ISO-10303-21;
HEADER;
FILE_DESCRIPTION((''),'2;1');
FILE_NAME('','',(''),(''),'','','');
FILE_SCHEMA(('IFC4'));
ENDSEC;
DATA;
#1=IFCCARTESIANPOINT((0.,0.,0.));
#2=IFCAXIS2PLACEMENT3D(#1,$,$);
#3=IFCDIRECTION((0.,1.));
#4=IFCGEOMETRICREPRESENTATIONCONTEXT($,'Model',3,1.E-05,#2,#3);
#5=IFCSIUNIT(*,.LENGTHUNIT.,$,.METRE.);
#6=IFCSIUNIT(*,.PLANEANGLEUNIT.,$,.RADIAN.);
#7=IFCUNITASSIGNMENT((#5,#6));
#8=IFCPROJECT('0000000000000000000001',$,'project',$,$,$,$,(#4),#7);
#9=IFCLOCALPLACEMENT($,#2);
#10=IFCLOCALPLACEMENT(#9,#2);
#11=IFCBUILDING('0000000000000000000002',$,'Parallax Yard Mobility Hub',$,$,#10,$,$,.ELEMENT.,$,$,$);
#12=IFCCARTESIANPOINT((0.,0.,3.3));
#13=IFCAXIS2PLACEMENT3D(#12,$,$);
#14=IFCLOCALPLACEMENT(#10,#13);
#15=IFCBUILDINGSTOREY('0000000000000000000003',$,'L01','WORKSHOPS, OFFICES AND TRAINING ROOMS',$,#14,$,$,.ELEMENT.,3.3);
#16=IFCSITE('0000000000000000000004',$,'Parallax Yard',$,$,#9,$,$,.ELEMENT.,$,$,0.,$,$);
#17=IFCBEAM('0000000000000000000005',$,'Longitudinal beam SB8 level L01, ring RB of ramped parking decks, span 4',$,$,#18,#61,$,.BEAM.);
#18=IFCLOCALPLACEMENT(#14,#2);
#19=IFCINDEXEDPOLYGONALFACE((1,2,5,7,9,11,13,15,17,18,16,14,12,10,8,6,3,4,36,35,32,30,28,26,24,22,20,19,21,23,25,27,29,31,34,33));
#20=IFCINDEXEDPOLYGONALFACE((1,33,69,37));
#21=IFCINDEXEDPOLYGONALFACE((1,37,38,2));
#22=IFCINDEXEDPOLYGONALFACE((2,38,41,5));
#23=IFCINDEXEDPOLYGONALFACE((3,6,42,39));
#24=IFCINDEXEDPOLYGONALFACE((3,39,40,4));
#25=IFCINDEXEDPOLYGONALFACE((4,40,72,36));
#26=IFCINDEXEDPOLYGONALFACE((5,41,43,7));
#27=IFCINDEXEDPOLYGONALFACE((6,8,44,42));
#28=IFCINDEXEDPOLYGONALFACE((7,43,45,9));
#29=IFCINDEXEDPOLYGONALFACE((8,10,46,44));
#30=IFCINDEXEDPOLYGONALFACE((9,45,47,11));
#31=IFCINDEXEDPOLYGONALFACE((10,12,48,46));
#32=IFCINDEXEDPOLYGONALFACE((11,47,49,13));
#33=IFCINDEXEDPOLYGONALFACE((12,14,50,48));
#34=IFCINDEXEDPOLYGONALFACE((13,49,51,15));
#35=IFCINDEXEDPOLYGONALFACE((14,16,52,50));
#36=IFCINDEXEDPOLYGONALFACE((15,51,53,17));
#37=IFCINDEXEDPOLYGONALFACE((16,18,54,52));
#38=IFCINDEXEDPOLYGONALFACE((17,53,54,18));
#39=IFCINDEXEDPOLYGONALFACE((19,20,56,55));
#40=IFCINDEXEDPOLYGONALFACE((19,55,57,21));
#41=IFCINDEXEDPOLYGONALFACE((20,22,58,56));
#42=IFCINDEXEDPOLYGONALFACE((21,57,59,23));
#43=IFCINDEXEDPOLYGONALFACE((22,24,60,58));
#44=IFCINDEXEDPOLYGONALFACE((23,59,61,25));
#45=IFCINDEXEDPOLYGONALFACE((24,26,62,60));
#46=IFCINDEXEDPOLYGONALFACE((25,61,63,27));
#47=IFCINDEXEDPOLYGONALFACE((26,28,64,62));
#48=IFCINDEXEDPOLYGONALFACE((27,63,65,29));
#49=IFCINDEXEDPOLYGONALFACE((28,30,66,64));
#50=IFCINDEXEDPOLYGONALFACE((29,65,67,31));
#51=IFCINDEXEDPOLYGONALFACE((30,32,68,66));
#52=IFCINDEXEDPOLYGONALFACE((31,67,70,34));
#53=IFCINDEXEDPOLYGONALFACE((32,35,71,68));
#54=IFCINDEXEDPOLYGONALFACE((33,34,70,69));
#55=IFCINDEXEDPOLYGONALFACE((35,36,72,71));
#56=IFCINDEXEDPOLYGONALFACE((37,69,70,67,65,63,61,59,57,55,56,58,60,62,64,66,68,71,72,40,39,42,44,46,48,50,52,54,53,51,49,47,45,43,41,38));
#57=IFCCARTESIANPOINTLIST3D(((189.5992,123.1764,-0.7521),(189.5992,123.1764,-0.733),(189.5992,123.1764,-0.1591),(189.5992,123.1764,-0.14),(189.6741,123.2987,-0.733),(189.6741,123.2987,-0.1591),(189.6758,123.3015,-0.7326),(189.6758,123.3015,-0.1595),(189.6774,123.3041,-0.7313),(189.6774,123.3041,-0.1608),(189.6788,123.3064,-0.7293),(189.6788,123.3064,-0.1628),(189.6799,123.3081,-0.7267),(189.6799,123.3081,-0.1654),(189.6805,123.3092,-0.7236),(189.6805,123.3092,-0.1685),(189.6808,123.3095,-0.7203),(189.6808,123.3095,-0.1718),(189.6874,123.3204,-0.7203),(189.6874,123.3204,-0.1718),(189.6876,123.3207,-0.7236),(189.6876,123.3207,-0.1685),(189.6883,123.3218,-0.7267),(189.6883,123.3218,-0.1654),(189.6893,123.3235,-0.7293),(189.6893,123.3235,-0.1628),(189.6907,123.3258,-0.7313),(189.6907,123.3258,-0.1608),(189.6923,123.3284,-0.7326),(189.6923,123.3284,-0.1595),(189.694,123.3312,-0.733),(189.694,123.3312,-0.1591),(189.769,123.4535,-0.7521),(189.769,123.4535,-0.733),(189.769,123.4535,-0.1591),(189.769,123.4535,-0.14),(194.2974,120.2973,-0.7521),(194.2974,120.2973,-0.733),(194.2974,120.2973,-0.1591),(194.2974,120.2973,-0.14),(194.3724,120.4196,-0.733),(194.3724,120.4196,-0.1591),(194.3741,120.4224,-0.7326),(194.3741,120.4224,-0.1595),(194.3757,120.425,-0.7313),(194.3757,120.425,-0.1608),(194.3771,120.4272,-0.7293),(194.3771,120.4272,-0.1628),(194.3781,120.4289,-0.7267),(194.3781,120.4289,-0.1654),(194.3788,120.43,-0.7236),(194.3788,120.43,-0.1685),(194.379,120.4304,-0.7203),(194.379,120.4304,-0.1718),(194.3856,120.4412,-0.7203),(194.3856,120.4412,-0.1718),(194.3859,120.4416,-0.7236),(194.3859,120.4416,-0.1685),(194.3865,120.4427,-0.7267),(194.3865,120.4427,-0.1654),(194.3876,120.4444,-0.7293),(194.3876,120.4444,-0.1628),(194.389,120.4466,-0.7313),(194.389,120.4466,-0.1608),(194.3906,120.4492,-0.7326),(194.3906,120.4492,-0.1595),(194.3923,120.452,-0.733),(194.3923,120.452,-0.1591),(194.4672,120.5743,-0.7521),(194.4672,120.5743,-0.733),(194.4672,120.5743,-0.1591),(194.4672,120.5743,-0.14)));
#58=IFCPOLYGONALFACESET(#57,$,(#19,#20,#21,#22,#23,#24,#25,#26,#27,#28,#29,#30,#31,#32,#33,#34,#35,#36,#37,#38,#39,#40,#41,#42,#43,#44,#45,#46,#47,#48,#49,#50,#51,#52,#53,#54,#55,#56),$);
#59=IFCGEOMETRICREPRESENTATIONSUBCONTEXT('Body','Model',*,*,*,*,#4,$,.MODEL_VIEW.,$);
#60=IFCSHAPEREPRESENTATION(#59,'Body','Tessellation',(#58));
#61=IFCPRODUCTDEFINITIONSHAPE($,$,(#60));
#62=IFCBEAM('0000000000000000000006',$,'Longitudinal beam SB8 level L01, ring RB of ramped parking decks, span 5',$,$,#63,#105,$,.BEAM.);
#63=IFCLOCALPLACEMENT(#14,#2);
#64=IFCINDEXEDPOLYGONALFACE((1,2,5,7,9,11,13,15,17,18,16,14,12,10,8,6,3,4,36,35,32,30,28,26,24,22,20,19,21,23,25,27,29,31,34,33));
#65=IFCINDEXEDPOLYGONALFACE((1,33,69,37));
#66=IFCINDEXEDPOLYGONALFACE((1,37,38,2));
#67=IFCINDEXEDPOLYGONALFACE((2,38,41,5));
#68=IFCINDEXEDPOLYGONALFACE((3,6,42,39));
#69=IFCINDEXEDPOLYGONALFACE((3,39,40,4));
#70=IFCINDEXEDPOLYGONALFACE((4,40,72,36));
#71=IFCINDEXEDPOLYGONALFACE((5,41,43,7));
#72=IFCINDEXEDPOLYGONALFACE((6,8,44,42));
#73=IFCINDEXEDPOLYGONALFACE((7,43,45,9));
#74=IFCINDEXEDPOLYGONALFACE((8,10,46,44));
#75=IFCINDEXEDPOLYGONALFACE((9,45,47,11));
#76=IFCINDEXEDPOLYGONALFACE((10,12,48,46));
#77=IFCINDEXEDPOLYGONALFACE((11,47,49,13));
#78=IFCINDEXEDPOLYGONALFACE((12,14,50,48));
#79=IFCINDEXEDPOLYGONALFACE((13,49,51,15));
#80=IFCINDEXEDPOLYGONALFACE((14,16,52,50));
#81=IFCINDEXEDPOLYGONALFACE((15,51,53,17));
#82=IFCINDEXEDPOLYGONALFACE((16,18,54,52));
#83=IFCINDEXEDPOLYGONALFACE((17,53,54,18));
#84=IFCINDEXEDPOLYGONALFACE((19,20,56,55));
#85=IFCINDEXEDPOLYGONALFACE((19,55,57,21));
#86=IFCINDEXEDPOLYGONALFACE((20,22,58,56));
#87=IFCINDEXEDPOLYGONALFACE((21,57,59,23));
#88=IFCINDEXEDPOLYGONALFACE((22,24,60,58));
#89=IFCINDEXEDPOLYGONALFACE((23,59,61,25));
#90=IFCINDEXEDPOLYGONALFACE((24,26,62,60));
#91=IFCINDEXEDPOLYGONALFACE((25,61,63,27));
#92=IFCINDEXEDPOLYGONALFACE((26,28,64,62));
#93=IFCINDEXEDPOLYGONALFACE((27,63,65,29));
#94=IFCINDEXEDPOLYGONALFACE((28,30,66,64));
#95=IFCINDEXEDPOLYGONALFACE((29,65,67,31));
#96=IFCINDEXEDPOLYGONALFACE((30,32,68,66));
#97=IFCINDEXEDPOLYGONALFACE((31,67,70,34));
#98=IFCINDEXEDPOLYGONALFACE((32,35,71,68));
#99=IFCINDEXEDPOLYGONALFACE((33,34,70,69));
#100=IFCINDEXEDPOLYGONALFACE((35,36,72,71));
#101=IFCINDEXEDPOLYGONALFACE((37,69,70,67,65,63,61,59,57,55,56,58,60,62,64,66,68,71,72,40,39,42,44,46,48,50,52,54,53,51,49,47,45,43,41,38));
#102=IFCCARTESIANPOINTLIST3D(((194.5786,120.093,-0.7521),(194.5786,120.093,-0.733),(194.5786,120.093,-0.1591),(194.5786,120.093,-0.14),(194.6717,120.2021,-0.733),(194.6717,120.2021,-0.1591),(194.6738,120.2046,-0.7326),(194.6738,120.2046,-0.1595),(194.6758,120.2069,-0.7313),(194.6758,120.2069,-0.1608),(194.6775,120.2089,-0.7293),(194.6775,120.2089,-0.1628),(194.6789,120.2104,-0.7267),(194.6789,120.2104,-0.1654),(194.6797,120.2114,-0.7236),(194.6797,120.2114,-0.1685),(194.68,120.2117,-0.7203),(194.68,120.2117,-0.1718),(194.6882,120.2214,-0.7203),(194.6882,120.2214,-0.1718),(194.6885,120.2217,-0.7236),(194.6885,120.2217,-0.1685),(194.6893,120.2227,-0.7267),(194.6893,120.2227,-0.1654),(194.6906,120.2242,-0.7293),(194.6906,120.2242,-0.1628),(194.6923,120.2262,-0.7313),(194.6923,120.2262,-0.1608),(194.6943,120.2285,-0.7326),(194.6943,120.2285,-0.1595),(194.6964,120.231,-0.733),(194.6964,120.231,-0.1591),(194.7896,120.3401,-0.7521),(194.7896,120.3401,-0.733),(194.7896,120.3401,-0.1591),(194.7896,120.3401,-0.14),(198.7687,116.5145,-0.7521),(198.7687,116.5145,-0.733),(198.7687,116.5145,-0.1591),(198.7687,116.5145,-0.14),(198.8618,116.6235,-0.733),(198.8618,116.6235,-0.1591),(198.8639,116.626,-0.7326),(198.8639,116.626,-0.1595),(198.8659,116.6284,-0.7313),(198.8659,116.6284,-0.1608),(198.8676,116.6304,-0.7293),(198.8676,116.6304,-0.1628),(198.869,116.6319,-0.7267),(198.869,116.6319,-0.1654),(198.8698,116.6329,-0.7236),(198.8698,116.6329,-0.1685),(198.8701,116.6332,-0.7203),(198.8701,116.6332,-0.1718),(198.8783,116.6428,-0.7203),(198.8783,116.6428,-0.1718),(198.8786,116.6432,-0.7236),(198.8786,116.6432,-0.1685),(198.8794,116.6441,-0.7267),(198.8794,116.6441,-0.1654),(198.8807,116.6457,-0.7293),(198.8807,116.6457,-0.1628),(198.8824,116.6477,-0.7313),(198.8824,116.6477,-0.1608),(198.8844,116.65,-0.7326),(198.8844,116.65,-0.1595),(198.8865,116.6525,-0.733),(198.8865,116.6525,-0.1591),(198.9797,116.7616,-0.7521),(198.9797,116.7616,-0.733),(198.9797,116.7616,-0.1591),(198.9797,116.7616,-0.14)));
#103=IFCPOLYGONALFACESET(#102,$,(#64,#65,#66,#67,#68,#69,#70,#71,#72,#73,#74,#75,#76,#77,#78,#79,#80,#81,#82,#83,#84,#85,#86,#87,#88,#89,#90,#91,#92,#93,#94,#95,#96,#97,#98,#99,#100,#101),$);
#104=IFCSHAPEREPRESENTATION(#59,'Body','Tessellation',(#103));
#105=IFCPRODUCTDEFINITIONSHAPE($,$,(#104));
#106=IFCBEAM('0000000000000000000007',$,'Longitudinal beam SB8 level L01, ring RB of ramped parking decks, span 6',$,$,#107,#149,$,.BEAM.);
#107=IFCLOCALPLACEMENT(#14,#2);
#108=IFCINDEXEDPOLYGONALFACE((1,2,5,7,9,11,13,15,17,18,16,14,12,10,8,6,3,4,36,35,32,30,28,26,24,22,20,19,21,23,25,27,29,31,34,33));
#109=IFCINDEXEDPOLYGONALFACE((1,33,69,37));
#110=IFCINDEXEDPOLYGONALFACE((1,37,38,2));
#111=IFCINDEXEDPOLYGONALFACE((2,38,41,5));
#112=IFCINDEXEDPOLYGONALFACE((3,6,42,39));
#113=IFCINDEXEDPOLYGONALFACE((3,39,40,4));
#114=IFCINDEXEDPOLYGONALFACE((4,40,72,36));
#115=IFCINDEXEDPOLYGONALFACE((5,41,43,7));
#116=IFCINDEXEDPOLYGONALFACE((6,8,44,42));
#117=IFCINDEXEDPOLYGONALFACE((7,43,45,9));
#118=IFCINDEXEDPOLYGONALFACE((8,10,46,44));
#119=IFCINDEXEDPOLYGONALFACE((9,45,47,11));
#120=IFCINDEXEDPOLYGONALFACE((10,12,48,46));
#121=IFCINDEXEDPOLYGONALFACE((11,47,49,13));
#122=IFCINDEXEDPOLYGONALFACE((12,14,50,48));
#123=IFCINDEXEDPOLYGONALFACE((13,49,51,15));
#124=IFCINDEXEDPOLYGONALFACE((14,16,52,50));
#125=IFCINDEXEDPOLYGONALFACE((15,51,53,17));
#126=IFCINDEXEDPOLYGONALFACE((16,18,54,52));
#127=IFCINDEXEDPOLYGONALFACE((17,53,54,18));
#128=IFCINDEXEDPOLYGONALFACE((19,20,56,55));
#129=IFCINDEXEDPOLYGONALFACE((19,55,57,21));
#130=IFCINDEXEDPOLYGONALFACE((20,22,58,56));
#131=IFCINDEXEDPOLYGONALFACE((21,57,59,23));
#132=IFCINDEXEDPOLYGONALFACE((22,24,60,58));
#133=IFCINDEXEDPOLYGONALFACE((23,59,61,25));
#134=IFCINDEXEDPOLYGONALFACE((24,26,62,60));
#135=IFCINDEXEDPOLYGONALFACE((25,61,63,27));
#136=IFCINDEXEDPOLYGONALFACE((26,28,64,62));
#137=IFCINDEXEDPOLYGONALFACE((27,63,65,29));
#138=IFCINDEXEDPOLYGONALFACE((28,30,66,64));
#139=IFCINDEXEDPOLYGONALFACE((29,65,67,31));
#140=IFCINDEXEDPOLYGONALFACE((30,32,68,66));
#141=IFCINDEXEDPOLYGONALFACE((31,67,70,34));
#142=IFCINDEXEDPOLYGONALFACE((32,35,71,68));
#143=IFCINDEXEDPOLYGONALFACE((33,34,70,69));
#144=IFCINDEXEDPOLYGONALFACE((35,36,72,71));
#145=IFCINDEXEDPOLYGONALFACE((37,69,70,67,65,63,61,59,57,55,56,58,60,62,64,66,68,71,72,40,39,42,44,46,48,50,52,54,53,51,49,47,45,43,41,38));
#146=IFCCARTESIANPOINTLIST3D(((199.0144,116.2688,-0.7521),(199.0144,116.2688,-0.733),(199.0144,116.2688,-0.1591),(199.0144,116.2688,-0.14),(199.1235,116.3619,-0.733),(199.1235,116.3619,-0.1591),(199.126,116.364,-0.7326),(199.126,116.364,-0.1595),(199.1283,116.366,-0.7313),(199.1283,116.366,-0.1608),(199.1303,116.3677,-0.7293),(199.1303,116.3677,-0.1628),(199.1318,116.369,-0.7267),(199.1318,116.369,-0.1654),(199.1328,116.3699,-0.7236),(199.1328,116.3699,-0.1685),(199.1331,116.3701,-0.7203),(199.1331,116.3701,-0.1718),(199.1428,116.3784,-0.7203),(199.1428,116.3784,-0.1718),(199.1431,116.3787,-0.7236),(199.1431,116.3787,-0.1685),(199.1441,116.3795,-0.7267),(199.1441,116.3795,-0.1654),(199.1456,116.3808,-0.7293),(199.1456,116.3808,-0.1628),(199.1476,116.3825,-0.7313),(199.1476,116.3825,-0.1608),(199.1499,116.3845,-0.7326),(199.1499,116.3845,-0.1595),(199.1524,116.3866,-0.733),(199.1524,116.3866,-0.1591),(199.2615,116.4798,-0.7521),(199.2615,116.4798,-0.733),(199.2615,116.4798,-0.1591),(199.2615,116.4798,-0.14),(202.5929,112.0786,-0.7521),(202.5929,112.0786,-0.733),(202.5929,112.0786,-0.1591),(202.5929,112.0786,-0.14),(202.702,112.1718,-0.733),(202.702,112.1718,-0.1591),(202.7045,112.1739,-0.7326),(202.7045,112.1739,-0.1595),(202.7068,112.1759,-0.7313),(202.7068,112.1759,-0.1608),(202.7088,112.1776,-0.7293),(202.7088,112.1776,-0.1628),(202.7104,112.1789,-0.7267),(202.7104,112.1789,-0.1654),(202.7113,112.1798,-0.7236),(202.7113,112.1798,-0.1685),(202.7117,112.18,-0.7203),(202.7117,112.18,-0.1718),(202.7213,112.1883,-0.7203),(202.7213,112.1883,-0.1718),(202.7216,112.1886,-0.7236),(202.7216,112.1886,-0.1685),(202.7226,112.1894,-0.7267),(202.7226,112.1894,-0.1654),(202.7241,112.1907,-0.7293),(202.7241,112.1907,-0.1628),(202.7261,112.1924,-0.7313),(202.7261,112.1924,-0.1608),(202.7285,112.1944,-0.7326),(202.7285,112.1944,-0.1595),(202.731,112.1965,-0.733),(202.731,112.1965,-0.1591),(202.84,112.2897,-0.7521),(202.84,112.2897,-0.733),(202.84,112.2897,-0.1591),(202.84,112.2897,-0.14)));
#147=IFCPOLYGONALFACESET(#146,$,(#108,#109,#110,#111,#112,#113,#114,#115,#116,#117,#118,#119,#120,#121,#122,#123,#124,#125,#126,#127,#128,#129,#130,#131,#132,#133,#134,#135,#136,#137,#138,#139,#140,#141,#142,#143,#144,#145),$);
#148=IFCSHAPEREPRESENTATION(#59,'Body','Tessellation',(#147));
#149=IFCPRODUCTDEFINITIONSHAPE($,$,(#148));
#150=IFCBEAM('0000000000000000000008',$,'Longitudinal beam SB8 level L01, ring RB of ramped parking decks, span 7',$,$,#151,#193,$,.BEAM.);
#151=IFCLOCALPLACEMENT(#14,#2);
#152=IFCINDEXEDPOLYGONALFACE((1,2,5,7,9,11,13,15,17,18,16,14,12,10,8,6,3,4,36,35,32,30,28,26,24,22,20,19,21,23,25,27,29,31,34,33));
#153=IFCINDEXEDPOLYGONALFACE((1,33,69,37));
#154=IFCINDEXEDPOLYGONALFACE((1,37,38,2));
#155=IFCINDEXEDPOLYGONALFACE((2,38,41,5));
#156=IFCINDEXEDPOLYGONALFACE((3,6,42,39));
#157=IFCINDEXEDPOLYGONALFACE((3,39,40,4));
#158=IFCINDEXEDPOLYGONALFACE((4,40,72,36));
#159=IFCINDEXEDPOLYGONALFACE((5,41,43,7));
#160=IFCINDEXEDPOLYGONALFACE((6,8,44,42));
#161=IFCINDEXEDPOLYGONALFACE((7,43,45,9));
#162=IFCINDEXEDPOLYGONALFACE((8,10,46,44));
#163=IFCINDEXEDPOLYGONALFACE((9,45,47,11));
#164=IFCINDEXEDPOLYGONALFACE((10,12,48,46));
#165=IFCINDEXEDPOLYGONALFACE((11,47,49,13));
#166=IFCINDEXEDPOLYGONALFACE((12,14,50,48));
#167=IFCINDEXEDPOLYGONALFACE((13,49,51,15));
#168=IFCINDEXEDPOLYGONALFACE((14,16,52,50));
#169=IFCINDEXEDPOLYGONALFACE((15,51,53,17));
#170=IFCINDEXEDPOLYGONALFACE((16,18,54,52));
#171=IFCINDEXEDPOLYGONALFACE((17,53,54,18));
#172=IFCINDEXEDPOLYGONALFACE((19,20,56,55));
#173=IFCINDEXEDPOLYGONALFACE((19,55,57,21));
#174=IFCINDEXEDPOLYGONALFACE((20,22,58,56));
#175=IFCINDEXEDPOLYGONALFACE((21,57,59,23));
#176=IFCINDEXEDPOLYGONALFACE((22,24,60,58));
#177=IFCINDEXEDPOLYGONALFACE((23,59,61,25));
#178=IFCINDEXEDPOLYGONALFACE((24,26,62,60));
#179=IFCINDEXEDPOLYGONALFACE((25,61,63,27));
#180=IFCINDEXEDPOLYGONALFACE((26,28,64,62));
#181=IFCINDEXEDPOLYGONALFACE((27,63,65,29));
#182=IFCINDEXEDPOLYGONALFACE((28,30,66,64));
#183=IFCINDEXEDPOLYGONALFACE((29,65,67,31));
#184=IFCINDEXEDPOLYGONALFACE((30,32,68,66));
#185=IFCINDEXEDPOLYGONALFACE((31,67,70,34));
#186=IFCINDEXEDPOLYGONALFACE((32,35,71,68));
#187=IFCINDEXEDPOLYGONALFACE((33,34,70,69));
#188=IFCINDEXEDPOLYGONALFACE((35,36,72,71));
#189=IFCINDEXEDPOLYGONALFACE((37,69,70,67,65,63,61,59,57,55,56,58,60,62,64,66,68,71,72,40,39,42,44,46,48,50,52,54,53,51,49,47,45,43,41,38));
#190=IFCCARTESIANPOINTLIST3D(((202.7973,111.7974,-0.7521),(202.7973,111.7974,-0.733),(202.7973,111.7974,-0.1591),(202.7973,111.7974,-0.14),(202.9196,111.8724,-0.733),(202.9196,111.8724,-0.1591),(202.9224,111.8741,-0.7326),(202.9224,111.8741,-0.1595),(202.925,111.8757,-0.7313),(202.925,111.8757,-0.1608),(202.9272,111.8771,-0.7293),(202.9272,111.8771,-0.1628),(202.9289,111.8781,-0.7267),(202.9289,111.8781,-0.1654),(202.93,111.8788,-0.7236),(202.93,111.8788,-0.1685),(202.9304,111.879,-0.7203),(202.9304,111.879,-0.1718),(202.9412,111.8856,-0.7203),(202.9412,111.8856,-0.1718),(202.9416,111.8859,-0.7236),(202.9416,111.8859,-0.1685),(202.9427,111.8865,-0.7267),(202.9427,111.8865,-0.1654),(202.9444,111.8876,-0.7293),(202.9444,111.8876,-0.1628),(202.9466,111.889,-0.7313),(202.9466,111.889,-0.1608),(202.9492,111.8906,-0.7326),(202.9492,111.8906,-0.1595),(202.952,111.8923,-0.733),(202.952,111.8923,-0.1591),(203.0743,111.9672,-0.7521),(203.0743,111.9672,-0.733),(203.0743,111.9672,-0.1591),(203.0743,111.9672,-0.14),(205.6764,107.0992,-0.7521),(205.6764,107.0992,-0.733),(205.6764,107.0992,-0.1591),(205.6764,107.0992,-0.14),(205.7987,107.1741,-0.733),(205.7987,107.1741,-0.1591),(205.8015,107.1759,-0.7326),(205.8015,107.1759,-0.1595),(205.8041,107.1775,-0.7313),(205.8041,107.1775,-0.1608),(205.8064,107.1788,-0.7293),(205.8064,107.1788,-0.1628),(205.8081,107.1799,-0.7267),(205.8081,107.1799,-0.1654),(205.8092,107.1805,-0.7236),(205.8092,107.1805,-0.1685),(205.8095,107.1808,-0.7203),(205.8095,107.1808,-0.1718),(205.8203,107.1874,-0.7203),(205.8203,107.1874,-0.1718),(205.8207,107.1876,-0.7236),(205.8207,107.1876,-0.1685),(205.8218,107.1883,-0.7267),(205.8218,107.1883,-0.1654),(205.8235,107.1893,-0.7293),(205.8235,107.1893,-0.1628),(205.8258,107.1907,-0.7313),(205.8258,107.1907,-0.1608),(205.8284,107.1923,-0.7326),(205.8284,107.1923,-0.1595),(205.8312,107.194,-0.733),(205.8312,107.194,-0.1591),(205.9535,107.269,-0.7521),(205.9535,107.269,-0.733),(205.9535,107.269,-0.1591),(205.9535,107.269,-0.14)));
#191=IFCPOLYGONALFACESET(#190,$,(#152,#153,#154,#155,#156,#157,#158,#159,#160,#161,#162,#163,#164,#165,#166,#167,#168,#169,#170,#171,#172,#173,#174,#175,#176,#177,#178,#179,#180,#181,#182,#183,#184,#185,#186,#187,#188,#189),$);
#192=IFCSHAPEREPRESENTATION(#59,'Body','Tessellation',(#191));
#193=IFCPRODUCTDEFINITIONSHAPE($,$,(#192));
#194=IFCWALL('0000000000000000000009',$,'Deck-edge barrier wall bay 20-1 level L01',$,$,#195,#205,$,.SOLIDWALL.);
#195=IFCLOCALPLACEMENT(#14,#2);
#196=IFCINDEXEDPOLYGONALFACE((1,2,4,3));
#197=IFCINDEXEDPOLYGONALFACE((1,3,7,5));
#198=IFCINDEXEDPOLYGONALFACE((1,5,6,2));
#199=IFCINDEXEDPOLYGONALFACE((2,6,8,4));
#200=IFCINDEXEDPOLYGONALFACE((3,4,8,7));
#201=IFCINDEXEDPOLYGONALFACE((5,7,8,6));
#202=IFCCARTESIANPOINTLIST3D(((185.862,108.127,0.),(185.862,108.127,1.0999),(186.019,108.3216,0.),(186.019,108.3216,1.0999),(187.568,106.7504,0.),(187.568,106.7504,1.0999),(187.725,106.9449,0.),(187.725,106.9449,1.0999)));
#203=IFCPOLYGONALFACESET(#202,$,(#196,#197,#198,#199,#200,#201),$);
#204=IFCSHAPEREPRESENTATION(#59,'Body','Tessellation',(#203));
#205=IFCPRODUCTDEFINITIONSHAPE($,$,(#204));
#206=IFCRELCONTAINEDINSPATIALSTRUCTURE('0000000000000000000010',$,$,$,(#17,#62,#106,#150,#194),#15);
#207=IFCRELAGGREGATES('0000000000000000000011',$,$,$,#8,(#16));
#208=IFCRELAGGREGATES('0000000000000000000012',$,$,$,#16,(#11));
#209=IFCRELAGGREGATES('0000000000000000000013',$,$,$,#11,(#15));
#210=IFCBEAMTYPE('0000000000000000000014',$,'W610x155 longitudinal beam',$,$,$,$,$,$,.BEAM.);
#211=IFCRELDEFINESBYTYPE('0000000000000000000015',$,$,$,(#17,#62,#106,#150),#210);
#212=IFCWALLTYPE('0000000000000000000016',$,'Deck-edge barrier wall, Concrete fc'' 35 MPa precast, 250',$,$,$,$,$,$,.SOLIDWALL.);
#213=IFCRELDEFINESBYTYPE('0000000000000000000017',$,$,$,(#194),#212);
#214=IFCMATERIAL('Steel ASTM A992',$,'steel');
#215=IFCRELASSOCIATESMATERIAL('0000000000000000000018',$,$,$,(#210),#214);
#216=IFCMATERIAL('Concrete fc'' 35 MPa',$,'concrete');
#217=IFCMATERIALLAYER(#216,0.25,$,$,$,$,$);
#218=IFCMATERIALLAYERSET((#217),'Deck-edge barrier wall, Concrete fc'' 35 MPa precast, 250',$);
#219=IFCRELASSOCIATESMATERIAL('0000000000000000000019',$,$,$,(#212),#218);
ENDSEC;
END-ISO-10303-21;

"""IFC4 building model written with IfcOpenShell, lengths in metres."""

from ifc_helpers import new_model, si_unit, direction, frame, frame_2d, origin, origin_2d, place, context, subcontext, project, spatial, rectangle, i_section, extrude, material, layer, layer_set, material_profile, profile_set, type_object, element, save


model = new_model("IFC4")

# Units and contexts
model_context = context("Model", 3, precision=1e-05, world=origin(), true_north=direction((0.0, 1.0)))
body_context = subcontext(model_context, "Body", "Model", "MODEL_VIEW")
ifc_project = project(units=[si_unit("LENGTHUNIT", "METRE"), si_unit("PLANEANGLEUNIT", "RADIAN")], contexts=[model_context])

# Site, building, storey
site_placement = place(None, origin())
site = spatial("IfcSite", under=ifc_project, at=site_placement, Name="Parallax Yard", CompositionType="ELEMENT", RefElevation=0.0)
building_placement = place(site_placement, origin())
building = spatial("IfcBuilding", under=site, at=building_placement, Name="Parallax Yard Mobility Hub", CompositionType="ELEMENT")
storey_placement = place(building_placement, frame((0.0, 0.0, 3.3)))
storey = spatial("IfcBuildingStorey", under=building, at=storey_placement, Name="L01", Description="WORKSHOPS, OFFICES AND TRAINING ROOMS", CompositionType="ELEMENT", Elevation=3.3)

# Shared definitions
ifc_material_1 = material(Name="Steel ASTM A992", Category="steel")

# Beams
ifc_material_profile_1 = material_profile(ifc_material_1, i_section(OverallWidth=0.325, OverallDepth=0.6121, WebThickness=0.0127, FlangeThickness=0.019, FilletRadius=0.0127, at=origin_2d()), Name="W610x155")
ifc_profile_set_1 = profile_set([ifc_material_profile_1], Name="Steel ASTM A992")
beam_type_1 = type_object("IfcBeamType", Name="W610x155 longitudinal beam", PredefinedType="BEAM", material=ifc_profile_set_1)
for number, where, z_axis, x_axis, name in (
    (1, (189.6841, 123.3149, -0.446), (0.852635, -0.522507, 0.0), (0.522507, 0.852635, 0.0), "Longitudinal beam SB8 level L01, ring RB of ramped parking decks, span 4"),
    (2, (194.6841, 120.2166, -0.446), (0.760419, -0.649433, 0.0), (0.649433, 0.760419, 0.0), "Longitudinal beam SB8 level L01, ring RB of ramped parking decks, span 5"),
    (3, (199.1379, 116.3743, -0.446), (0.649433, -0.760419, 0.0), (0.760419, 0.649433, 0.0), "Longitudinal beam SB8 level L01, ring RB of ramped parking decks, span 6"),
    (4, (202.9358, 111.8823, -0.446), (0.522507, -0.852635, 0.0), (0.852635, 0.522507, 0.0), "Longitudinal beam SB8 level L01, ring RB of ramped parking decks, span 7"),
):
    element("IfcBeam", number, at=place(storey_placement, frame(where, z_axis=z_axis, x_axis=x_axis)), inside=storey, type_object=beam_type_1, Name=name, PredefinedType="BEAM", context=body_context, shape_type="SweptSolid", body=[
        extrude(i_section(OverallWidth=0.325, OverallDepth=0.6121, WebThickness=0.0127, FlangeThickness=0.019, FilletRadius=0.0127, at=origin_2d()), origin(), (0.0, 0.0, 1.0), 5.5103),
    ])

# Wall
ifc_material_2 = material(Name="Concrete fc' 35 MPa", Category="concrete")
ifc_layer_1 = layer(ifc_material_2, 0.25)
ifc_layer_set_1 = layer_set([ifc_layer_1], Name="Deck-edge barrier wall, Concrete fc' 35 MPa precast, 250")
wall_type = type_object("IfcWallType", Name="Deck-edge barrier wall, Concrete fc' 35 MPa precast, 250", PredefinedType="SOLIDWALL", material=ifc_layer_set_1)
wall_placement = place(storey_placement, frame((185.9404, 108.2244, 0.0), z_axis=(0.0, 0.0, 1.0), x_axis=(0.778222, -0.62799, 0.0)))
element("IfcWall", 5, at=wall_placement, inside=storey, type_object=wall_type, Name="Deck-edge barrier wall bay 20-1 level L01", PredefinedType="SOLIDWALL", context=body_context, shape_type="SweptSolid", body=[
    extrude(rectangle(XDim=2.1921, YDim=0.25, at=frame_2d((1.0962, 0.0))), origin(), (0.0, 0.0, 1.0), 1.0999),
])

save(model, "model.ifc")
